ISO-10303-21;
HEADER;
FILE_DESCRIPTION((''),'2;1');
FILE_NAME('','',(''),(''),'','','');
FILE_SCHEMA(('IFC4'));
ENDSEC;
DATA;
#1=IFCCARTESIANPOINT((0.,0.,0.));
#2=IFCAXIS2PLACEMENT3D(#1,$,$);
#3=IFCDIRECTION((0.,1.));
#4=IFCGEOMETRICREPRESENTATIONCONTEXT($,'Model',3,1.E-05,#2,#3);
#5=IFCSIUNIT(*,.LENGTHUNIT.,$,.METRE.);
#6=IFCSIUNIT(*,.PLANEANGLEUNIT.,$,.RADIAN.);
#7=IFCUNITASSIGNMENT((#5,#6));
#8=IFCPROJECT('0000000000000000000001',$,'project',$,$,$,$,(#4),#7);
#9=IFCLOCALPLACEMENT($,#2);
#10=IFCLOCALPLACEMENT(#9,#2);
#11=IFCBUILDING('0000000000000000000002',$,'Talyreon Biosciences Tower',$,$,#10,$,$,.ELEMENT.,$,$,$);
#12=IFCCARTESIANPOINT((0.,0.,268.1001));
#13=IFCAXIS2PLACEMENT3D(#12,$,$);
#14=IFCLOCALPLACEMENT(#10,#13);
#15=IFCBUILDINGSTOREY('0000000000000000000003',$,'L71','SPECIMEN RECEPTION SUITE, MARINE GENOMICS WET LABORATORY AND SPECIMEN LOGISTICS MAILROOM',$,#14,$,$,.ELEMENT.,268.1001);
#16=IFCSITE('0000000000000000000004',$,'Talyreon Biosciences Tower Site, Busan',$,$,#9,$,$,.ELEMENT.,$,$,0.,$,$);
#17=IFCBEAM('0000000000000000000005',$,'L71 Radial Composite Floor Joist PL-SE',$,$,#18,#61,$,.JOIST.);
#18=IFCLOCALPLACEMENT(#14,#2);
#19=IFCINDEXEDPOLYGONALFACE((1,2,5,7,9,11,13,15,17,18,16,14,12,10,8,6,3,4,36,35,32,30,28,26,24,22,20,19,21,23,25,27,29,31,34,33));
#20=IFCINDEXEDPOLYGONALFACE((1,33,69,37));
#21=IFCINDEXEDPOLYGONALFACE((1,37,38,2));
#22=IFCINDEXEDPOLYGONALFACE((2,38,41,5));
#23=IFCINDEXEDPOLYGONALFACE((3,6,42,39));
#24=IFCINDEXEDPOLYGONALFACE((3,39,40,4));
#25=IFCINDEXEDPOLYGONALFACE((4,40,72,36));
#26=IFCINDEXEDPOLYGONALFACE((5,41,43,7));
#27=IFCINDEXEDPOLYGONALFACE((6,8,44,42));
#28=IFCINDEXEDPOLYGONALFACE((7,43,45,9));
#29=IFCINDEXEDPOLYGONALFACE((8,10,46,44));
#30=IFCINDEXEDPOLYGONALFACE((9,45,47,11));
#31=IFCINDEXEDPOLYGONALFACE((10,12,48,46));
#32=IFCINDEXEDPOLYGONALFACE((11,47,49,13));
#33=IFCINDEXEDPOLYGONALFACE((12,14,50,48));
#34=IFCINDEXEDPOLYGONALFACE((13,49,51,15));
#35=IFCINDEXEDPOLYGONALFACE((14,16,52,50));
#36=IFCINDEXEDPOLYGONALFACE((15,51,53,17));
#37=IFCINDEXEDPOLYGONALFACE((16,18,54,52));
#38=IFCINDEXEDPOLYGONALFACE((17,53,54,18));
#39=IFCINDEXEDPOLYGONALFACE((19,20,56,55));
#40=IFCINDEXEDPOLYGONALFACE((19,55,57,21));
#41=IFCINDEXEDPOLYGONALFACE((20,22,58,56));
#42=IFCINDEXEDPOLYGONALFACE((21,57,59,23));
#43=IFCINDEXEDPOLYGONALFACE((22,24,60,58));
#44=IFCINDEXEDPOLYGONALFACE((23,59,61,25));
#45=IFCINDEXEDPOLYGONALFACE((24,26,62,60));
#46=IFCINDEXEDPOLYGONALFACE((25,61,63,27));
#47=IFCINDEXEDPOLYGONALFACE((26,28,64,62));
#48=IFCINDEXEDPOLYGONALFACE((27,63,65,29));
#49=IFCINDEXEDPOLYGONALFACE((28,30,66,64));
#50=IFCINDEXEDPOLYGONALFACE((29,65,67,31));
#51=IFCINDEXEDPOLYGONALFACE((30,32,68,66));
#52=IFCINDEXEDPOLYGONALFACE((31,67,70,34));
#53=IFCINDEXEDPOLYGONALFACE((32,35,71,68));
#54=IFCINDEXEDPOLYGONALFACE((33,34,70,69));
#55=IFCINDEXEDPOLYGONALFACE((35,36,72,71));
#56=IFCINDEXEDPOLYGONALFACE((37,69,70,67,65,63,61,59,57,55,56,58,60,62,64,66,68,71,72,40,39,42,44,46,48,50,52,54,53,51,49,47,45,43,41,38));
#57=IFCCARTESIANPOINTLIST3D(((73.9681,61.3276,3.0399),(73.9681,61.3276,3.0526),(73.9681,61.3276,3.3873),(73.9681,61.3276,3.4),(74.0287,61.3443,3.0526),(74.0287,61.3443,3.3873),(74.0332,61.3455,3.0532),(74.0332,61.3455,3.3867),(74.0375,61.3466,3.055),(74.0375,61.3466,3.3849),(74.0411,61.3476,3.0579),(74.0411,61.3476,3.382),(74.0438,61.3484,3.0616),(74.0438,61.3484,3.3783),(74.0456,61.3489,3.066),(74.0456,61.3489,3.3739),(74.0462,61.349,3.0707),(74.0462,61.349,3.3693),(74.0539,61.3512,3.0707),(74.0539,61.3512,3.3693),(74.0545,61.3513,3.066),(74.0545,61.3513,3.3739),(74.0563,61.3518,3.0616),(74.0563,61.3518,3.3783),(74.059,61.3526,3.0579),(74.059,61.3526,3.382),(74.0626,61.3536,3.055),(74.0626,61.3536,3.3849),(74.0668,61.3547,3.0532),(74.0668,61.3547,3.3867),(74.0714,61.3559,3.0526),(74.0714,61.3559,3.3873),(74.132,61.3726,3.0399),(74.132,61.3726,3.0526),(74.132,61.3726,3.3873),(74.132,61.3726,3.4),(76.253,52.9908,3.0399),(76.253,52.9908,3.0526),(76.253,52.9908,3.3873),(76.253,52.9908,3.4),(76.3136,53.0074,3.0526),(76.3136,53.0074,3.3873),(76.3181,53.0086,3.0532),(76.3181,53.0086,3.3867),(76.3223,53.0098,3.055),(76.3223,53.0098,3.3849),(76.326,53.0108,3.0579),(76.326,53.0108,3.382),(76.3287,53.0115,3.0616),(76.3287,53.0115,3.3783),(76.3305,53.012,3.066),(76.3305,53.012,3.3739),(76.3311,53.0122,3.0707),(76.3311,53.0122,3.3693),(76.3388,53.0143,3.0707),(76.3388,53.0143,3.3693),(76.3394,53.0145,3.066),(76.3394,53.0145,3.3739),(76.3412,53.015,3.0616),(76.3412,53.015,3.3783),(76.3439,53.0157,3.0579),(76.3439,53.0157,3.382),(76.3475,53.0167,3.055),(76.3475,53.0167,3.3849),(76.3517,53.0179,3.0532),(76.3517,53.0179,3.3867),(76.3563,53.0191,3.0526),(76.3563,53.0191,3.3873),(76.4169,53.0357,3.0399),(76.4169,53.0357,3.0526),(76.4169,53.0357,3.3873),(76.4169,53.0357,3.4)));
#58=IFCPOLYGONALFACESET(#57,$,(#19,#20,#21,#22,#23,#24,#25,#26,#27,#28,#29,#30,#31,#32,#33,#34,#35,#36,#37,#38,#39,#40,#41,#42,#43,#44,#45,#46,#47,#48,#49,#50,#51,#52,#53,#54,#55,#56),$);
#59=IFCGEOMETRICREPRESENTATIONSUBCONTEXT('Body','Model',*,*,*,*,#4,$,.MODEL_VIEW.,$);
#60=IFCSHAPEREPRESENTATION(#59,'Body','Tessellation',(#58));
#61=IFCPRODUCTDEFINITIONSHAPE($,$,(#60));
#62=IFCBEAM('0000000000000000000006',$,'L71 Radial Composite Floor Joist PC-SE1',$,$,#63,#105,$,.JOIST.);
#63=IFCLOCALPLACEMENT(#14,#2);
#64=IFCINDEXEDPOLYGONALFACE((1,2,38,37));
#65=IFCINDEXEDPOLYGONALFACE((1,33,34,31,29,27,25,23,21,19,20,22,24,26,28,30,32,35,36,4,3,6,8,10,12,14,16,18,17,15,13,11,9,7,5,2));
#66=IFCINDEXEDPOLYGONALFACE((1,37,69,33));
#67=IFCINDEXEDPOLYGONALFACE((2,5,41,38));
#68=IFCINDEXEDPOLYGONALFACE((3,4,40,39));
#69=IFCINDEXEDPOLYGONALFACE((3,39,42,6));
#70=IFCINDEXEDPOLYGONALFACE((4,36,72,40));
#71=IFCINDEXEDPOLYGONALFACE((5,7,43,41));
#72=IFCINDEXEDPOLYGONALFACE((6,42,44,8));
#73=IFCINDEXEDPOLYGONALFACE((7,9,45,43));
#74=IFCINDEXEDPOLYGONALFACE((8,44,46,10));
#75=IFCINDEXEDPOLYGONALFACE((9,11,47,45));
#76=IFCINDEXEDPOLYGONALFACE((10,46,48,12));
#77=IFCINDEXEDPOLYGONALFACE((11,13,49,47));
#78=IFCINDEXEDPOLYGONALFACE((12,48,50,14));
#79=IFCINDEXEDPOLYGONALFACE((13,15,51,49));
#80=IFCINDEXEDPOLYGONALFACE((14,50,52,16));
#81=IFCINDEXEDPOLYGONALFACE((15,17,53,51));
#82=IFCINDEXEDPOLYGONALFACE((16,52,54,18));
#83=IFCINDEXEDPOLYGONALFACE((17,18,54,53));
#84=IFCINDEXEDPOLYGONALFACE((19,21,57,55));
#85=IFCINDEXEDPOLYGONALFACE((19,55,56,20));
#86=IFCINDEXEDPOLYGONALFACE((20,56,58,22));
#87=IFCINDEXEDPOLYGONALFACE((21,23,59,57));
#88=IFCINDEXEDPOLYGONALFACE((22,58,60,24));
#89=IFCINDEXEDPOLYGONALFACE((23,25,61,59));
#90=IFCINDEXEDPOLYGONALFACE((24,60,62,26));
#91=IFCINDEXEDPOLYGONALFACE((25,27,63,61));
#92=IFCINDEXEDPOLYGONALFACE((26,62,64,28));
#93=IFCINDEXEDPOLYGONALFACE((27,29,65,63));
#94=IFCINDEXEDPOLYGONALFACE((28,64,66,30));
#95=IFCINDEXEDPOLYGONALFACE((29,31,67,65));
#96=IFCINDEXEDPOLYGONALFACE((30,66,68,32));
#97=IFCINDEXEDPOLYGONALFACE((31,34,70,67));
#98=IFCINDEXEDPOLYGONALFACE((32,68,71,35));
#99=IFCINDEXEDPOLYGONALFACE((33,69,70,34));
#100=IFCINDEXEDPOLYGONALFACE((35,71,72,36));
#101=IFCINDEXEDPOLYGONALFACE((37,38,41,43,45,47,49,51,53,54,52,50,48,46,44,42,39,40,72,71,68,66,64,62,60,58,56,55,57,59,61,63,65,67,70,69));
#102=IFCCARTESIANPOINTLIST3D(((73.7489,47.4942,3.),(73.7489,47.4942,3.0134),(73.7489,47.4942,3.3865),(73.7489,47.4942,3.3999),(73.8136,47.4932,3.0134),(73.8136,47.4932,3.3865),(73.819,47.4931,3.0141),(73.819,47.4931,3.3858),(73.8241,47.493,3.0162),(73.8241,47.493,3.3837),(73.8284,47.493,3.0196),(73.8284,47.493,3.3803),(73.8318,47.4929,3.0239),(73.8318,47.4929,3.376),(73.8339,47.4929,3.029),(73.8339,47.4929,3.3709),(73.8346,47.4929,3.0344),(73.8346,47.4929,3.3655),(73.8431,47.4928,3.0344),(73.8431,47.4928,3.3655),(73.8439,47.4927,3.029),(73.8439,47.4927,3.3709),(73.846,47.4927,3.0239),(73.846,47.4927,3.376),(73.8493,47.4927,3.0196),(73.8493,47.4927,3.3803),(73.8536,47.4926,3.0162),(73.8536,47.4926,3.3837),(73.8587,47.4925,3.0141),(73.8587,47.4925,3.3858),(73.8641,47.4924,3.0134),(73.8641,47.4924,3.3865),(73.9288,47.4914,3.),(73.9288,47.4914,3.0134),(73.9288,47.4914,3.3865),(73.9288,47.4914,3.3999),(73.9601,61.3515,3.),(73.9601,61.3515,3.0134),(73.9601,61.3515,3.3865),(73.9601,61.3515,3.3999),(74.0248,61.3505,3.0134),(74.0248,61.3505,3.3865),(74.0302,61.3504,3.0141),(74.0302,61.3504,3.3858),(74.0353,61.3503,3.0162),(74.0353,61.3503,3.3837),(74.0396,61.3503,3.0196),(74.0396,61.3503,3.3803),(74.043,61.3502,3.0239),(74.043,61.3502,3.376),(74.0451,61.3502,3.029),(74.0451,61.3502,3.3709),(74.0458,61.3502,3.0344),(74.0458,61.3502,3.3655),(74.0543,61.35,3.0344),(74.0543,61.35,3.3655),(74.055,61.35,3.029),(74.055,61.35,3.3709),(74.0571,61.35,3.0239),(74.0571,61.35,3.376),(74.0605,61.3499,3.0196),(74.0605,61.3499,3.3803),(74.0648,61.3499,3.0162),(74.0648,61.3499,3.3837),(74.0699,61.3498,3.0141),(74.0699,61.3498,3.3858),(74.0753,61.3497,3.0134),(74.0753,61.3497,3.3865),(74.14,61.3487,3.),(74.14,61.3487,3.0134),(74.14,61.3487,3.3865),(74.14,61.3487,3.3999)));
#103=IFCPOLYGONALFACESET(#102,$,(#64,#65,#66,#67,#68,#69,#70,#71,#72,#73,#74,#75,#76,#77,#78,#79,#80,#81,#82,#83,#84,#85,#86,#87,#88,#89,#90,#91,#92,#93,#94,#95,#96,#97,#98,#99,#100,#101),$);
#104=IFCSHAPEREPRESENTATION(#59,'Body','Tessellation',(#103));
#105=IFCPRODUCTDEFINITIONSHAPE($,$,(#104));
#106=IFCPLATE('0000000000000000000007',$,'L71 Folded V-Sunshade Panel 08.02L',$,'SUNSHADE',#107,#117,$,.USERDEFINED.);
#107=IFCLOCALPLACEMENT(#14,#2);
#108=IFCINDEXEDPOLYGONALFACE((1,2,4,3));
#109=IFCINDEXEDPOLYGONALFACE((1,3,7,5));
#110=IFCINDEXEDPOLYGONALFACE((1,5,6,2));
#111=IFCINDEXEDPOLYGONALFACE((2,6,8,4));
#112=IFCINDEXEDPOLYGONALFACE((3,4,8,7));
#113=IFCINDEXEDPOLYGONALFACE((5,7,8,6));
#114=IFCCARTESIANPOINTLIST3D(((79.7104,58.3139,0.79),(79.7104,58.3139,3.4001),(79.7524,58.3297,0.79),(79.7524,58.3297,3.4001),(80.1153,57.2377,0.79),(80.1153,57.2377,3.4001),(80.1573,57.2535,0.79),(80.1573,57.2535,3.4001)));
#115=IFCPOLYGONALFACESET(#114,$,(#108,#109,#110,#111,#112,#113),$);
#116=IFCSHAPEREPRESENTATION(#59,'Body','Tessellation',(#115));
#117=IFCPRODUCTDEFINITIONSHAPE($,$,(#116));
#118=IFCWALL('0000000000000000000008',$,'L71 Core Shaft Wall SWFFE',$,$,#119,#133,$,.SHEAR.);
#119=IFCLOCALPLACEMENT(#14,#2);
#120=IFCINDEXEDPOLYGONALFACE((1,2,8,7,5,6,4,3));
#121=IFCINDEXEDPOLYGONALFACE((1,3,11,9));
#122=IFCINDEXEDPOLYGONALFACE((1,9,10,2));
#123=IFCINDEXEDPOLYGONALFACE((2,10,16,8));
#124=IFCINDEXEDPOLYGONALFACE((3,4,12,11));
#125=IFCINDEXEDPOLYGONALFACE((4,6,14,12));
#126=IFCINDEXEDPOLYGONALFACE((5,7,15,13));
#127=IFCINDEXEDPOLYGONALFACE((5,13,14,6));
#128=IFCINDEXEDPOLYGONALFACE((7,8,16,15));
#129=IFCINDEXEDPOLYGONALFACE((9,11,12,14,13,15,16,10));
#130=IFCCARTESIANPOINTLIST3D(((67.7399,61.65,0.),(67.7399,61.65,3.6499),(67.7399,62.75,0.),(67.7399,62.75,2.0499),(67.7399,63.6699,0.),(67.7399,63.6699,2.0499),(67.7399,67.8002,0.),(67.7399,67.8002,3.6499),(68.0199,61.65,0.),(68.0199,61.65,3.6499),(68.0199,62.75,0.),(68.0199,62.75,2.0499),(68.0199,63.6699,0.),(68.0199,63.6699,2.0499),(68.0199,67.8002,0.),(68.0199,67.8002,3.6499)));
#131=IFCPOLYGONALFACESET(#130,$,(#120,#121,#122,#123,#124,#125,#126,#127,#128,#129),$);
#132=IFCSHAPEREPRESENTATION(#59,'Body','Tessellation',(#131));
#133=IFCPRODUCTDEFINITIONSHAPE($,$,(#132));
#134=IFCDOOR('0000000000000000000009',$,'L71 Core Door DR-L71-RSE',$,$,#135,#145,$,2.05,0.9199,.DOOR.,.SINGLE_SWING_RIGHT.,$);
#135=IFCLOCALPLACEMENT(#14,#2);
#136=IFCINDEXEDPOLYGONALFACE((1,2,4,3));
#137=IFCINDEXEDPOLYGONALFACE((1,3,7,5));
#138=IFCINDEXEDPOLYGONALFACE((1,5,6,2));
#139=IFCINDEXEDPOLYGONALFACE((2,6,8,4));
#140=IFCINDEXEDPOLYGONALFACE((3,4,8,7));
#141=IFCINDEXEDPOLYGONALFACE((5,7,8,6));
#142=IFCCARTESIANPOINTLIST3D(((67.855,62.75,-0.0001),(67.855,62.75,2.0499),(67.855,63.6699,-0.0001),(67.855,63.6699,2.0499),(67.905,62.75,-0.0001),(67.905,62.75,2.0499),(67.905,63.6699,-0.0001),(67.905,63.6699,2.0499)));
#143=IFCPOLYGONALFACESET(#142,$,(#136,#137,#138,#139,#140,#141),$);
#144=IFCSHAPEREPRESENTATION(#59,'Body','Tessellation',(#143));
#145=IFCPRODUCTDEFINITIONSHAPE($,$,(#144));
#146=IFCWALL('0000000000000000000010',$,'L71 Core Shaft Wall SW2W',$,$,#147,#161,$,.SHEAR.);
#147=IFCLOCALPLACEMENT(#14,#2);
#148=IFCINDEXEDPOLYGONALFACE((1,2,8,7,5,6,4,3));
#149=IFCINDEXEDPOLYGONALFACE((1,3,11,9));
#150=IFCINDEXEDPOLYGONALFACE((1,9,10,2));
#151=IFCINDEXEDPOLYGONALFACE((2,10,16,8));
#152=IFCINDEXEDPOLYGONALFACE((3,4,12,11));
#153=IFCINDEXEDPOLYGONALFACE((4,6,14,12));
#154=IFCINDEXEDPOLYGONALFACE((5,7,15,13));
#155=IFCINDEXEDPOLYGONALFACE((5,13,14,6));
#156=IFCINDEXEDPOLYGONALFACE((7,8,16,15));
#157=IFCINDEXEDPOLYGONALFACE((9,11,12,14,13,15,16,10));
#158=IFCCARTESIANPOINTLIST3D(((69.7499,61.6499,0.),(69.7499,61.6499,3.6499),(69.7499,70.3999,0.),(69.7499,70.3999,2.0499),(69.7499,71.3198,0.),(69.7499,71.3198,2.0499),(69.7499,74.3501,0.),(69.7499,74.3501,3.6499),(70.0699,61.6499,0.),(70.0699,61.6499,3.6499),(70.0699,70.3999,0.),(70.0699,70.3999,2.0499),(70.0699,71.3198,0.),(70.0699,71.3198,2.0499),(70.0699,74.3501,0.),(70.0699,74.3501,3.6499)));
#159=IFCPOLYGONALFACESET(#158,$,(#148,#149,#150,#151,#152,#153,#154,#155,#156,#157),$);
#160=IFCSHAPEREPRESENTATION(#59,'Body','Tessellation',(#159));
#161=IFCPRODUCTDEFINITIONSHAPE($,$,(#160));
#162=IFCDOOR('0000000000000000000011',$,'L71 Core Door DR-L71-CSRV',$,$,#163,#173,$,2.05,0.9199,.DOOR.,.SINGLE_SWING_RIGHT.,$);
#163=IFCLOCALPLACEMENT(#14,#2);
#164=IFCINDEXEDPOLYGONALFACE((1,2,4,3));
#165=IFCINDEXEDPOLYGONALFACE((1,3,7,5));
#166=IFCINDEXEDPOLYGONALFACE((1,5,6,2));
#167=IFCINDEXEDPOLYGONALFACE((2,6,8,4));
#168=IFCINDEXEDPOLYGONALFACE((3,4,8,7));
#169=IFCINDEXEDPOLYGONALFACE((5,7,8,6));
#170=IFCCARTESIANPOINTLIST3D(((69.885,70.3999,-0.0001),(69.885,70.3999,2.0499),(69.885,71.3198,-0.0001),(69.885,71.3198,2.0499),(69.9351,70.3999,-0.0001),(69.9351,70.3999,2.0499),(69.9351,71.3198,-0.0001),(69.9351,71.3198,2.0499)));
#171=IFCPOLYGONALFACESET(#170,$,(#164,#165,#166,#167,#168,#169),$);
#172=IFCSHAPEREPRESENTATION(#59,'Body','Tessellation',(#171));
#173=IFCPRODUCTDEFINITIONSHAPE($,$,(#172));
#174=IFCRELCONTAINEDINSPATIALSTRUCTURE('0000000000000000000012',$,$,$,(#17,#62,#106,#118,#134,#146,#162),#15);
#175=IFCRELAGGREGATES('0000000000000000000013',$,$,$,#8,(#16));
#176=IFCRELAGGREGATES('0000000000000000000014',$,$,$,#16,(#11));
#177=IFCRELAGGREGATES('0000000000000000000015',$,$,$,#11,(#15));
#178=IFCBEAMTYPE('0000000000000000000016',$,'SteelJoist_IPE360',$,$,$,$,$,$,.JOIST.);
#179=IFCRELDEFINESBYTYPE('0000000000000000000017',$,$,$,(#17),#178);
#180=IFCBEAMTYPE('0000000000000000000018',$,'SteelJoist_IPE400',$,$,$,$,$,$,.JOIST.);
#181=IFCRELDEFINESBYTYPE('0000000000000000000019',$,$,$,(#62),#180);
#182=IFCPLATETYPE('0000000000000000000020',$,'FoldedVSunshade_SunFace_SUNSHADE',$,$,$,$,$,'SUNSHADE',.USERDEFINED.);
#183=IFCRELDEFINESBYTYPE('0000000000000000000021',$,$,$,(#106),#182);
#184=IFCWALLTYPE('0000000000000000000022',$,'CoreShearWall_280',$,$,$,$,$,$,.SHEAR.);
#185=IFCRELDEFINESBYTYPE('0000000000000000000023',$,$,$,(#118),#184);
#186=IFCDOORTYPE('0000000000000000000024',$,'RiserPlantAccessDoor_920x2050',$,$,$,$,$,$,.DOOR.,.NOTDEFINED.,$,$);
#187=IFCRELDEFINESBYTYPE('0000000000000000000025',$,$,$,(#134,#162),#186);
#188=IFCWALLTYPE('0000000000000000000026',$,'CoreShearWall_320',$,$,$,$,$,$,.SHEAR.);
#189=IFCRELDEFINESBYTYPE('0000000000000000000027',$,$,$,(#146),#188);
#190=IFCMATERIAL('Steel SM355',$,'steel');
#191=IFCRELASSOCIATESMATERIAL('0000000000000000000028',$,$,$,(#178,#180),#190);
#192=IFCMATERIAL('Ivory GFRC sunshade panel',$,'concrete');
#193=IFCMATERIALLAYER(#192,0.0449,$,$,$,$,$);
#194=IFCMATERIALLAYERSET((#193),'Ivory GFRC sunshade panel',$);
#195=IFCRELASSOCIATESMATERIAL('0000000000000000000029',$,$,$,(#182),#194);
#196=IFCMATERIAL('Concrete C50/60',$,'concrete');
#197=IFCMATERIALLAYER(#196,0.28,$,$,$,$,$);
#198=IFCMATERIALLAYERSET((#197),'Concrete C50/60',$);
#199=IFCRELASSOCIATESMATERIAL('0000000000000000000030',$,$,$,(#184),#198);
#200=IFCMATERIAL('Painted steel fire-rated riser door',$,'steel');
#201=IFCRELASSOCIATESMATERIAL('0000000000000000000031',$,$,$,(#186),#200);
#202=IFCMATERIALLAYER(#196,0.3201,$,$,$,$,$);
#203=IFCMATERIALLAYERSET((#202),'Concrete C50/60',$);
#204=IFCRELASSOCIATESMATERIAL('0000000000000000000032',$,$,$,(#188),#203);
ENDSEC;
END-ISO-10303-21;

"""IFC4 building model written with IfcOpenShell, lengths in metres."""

from ifc_helpers import new_model, si_unit, direction, frame, frame_2d, origin, origin_2d, place, context, subcontext, project, spatial, rectangle, i_section, extrude, material, layer, layer_set, material_profile, profile_set, type_object, element, fill, save


model = new_model("IFC4")

# Units and contexts
model_context = context("Model", 3, precision=1e-05, world=origin(), true_north=direction((0.0, 1.0)))
body_context = subcontext(model_context, "Body", "Model", "MODEL_VIEW")
ifc_project = project(units=[si_unit("LENGTHUNIT", "METRE"), si_unit("PLANEANGLEUNIT", "RADIAN")], contexts=[model_context])

# Site, building, storey
site_placement = place(None, origin())
site = spatial("IfcSite", under=ifc_project, at=site_placement, Name="Talyreon Biosciences Tower Site, Busan", CompositionType="ELEMENT", RefElevation=0.0)
building_placement = place(site_placement, origin())
building = spatial("IfcBuilding", under=site, at=building_placement, Name="Talyreon Biosciences Tower", CompositionType="ELEMENT")
storey_placement = place(building_placement, frame((0.0, 0.0, 268.1001)))
storey = spatial("IfcBuildingStorey", under=building, at=storey_placement, Name="L71", Description="SPECIMEN RECEPTION SUITE, MARINE GENOMICS WET LABORATORY AND SPECIMEN LOGISTICS MAILROOM", CompositionType="ELEMENT", Elevation=268.1001)

# Shared definitions
ifc_material_1 = material(Name="Concrete C50/60", Category="concrete")

# Beams
ifc_material_2 = material(Name="Steel SM355", Category="steel")
ifc_material_profile_1 = material_profile(ifc_material_2, i_section(OverallWidth=0.1699, OverallDepth=0.3601, WebThickness=0.0081, FlangeThickness=0.0127, FilletRadius=0.0181, at=origin_2d()), Name="IPE360")
ifc_profile_set_1 = profile_set([ifc_material_profile_1], Name="Steel SM355")
beam_type_1 = type_object("IfcBeamType", Name="SteelJoist_IPE360", PredefinedType="JOIST", material=ifc_profile_set_1)
beam_1_placement = place(storey_placement, frame((74.05, 61.3501, 3.22), z_axis=(0.264324, -0.964434, 0.0), x_axis=(0.964434, 0.264324, 0.0)))
element("IfcBeam", 1, at=beam_1_placement, inside=storey, type_object=beam_type_1, Name="L71 Radial Composite Floor Joist PL-SE", PredefinedType="JOIST", context=body_context, shape_type="SweptSolid", body=[
    extrude(i_section(OverallWidth=0.1699, OverallDepth=0.3601, WebThickness=0.0081, FlangeThickness=0.0127, FilletRadius=0.0181, at=origin_2d()), origin(), (0.0, 0.0, 1.0), 8.6443),
])
ifc_material_profile_2 = material_profile(ifc_material_2, i_section(OverallWidth=0.1799, OverallDepth=0.3999, WebThickness=0.0085, FlangeThickness=0.0134, FilletRadius=0.021, at=origin_2d()), Name="IPE400")
ifc_profile_set_2 = profile_set([ifc_material_profile_2], Name="Steel SM355")
beam_type_2 = type_object("IfcBeamType", Name="SteelJoist_IPE400", PredefinedType="JOIST", material=ifc_profile_set_2)
beam_2_placement = place(storey_placement, frame((74.05, 61.3501, 3.2), z_axis=(-0.015238, -0.999884, 0.0), x_axis=(0.999884, -0.015238, 0.0)))
element("IfcBeam", 2, at=beam_2_placement, inside=storey, type_object=beam_type_2, Name="L71 Radial Composite Floor Joist PC-SE1", PredefinedType="JOIST", context=body_context, shape_type="SweptSolid", body=[
    extrude(i_section(OverallWidth=0.1799, OverallDepth=0.3999, WebThickness=0.0085, FlangeThickness=0.0134, FilletRadius=0.021, at=origin_2d()), origin(), (0.0, 0.0, 1.0), 13.8589),
])

# Plate
ifc_material_3 = material(Name="Ivory GFRC sunshade panel", Category="concrete")
ifc_layer_1 = layer(ifc_material_3, 0.0449)
ifc_layer_set_1 = layer_set([ifc_layer_1], Name="Ivory GFRC sunshade panel")
plate_type = type_object("IfcPlateType", Name="FoldedVSunshade_SunFace_SUNSHADE", ElementType="SUNSHADE", PredefinedType="USERDEFINED", material=ifc_layer_set_1)
plate_placement = place(storey_placement, frame((79.9338, 57.7837, 0.79), z_axis=(0.0, 0.0, 1.0), x_axis=(0.352103, -0.935961, 0.0)))
element("IfcPlate", 3, at=plate_placement, inside=storey, type_object=plate_type, Name="L71 Folded V-Sunshade Panel 08.02L", ObjectType="SUNSHADE", PredefinedType="USERDEFINED", context=body_context, shape_type="SweptSolid", body=[
    extrude(rectangle(XDim=1.1499, YDim=0.0449, at=origin_2d()), origin(), (0.0, 0.0, 1.0), 2.6101),
])

# Walls, openings, doors
ifc_layer_2 = layer(ifc_material_1, 0.28)
ifc_layer_set_2 = layer_set([ifc_layer_2], Name="Concrete C50/60")
wall_type_1 = type_object("IfcWallType", Name="CoreShearWall_280", PredefinedType="SHEAR", material=ifc_layer_set_2)
wall_1_placement = place(storey_placement, frame((67.8799, 61.6499, 0.0), z_axis=(0.0, 0.0, 1.0), x_axis=(0.0, 1.0, 0.0)))
wall_1 = element("IfcWall", 4, at=wall_1_placement, inside=storey, type_object=wall_type_1, Name="L71 Core Shaft Wall SWFFE", PredefinedType="SHEAR", context=body_context, shape_type="SweptSolid", body=[
    extrude(rectangle(XDim=6.1501, YDim=0.28, at=frame_2d((3.0752, 0.0))), origin(), (0.0, 0.0, 1.0), 3.6499),
])
opening_1_placement = place(wall_1_placement, frame((1.1001, 0.0, 0.0)))
opening_1 = element("IfcOpeningElement", 5, at=opening_1_placement, cuts=wall_1, PredefinedType="OPENING", context=body_context, shape_type="SweptSolid", body=[
    extrude(rectangle(XDim=0.9199, YDim=2.05, at=frame_2d((0.46, 1.0249))), frame((0.0, 0.1499, 0.0), z_axis=(0.0, -1.0, 0.0), x_axis=(1.0, 0.0, 0.0)), (0.0, 0.0, 1.0), 0.3),
])
ifc_material_4 = material(Name="Painted steel fire-rated riser door", Category="steel")
door_type = type_object("IfcDoorType", Name="RiserPlantAccessDoor_920x2050", OperationType="NOTDEFINED", PredefinedType="DOOR", material=ifc_material_4)
door_1_placement = place(opening_1_placement, origin())
door_1 = element("IfcDoor", 6, at=door_1_placement, inside=storey, type_object=door_type, Name="L71 Core Door DR-L71-RSE", OperationType="SINGLE_SWING_RIGHT", OverallHeight=2.05, OverallWidth=0.9199, PredefinedType="DOOR", context=body_context, shape_type="SweptSolid", body=[
    extrude(rectangle(XDim=0.9199, YDim=2.05, at=frame_2d((0.46, 1.0249))), frame((0.0, 0.0249, 0.0), z_axis=(0.0, -1.0, 0.0), x_axis=(1.0, 0.0, 0.0)), (0.0, 0.0, 1.0), 0.05),
])
fill(opening_1, door_1)
ifc_layer_3 = layer(ifc_material_1, 0.3201)
ifc_layer_set_3 = layer_set([ifc_layer_3], Name="Concrete C50/60")
wall_type_2 = type_object("IfcWallType", Name="CoreShearWall_320", PredefinedType="SHEAR", material=ifc_layer_set_3)
wall_2_placement = place(storey_placement, frame((69.9099, 61.6499, 0.0), z_axis=(0.0, 0.0, 1.0), x_axis=(0.0, 1.0, 0.0)))
wall_2 = element("IfcWall", 7, at=wall_2_placement, inside=storey, type_object=wall_type_2, Name="L71 Core Shaft Wall SW2W", PredefinedType="SHEAR", context=body_context, shape_type="SweptSolid", body=[
    extrude(rectangle(XDim=12.7002, YDim=0.3201, at=frame_2d((6.3501, 0.0))), origin(), (0.0, 0.0, 1.0), 3.6499),
])
opening_2_placement = place(wall_2_placement, frame((8.75, 0.0, 0.0)))
opening_2 = element("IfcOpeningElement", 8, at=opening_2_placement, cuts=wall_2, PredefinedType="OPENING", context=body_context, shape_type="SweptSolid", body=[
    extrude(rectangle(XDim=0.9199, YDim=2.05, at=frame_2d((0.46, 1.0249))), frame((0.0, 0.1699, 0.0), z_axis=(0.0, -1.0, 0.0), x_axis=(1.0, 0.0, 0.0)), (0.0, 0.0, 1.0), 0.3401),
])
door_2_placement = place(opening_2_placement, origin())
door_2 = element("IfcDoor", 9, at=door_2_placement, inside=storey, type_object=door_type, Name="L71 Core Door DR-L71-CSRV", OperationType="SINGLE_SWING_RIGHT", OverallHeight=2.05, OverallWidth=0.9199, PredefinedType="DOOR", context=body_context, shape_type="SweptSolid", body=[
    extrude(rectangle(XDim=0.9199, YDim=2.05, at=frame_2d((0.46, 1.0249))), frame((0.0, 0.0249, 0.0), z_axis=(0.0, -1.0, 0.0), x_axis=(1.0, 0.0, 0.0)), (0.0, 0.0, 1.0), 0.05),
])
fill(opening_2, door_2)

save(model, "model.ifc")
